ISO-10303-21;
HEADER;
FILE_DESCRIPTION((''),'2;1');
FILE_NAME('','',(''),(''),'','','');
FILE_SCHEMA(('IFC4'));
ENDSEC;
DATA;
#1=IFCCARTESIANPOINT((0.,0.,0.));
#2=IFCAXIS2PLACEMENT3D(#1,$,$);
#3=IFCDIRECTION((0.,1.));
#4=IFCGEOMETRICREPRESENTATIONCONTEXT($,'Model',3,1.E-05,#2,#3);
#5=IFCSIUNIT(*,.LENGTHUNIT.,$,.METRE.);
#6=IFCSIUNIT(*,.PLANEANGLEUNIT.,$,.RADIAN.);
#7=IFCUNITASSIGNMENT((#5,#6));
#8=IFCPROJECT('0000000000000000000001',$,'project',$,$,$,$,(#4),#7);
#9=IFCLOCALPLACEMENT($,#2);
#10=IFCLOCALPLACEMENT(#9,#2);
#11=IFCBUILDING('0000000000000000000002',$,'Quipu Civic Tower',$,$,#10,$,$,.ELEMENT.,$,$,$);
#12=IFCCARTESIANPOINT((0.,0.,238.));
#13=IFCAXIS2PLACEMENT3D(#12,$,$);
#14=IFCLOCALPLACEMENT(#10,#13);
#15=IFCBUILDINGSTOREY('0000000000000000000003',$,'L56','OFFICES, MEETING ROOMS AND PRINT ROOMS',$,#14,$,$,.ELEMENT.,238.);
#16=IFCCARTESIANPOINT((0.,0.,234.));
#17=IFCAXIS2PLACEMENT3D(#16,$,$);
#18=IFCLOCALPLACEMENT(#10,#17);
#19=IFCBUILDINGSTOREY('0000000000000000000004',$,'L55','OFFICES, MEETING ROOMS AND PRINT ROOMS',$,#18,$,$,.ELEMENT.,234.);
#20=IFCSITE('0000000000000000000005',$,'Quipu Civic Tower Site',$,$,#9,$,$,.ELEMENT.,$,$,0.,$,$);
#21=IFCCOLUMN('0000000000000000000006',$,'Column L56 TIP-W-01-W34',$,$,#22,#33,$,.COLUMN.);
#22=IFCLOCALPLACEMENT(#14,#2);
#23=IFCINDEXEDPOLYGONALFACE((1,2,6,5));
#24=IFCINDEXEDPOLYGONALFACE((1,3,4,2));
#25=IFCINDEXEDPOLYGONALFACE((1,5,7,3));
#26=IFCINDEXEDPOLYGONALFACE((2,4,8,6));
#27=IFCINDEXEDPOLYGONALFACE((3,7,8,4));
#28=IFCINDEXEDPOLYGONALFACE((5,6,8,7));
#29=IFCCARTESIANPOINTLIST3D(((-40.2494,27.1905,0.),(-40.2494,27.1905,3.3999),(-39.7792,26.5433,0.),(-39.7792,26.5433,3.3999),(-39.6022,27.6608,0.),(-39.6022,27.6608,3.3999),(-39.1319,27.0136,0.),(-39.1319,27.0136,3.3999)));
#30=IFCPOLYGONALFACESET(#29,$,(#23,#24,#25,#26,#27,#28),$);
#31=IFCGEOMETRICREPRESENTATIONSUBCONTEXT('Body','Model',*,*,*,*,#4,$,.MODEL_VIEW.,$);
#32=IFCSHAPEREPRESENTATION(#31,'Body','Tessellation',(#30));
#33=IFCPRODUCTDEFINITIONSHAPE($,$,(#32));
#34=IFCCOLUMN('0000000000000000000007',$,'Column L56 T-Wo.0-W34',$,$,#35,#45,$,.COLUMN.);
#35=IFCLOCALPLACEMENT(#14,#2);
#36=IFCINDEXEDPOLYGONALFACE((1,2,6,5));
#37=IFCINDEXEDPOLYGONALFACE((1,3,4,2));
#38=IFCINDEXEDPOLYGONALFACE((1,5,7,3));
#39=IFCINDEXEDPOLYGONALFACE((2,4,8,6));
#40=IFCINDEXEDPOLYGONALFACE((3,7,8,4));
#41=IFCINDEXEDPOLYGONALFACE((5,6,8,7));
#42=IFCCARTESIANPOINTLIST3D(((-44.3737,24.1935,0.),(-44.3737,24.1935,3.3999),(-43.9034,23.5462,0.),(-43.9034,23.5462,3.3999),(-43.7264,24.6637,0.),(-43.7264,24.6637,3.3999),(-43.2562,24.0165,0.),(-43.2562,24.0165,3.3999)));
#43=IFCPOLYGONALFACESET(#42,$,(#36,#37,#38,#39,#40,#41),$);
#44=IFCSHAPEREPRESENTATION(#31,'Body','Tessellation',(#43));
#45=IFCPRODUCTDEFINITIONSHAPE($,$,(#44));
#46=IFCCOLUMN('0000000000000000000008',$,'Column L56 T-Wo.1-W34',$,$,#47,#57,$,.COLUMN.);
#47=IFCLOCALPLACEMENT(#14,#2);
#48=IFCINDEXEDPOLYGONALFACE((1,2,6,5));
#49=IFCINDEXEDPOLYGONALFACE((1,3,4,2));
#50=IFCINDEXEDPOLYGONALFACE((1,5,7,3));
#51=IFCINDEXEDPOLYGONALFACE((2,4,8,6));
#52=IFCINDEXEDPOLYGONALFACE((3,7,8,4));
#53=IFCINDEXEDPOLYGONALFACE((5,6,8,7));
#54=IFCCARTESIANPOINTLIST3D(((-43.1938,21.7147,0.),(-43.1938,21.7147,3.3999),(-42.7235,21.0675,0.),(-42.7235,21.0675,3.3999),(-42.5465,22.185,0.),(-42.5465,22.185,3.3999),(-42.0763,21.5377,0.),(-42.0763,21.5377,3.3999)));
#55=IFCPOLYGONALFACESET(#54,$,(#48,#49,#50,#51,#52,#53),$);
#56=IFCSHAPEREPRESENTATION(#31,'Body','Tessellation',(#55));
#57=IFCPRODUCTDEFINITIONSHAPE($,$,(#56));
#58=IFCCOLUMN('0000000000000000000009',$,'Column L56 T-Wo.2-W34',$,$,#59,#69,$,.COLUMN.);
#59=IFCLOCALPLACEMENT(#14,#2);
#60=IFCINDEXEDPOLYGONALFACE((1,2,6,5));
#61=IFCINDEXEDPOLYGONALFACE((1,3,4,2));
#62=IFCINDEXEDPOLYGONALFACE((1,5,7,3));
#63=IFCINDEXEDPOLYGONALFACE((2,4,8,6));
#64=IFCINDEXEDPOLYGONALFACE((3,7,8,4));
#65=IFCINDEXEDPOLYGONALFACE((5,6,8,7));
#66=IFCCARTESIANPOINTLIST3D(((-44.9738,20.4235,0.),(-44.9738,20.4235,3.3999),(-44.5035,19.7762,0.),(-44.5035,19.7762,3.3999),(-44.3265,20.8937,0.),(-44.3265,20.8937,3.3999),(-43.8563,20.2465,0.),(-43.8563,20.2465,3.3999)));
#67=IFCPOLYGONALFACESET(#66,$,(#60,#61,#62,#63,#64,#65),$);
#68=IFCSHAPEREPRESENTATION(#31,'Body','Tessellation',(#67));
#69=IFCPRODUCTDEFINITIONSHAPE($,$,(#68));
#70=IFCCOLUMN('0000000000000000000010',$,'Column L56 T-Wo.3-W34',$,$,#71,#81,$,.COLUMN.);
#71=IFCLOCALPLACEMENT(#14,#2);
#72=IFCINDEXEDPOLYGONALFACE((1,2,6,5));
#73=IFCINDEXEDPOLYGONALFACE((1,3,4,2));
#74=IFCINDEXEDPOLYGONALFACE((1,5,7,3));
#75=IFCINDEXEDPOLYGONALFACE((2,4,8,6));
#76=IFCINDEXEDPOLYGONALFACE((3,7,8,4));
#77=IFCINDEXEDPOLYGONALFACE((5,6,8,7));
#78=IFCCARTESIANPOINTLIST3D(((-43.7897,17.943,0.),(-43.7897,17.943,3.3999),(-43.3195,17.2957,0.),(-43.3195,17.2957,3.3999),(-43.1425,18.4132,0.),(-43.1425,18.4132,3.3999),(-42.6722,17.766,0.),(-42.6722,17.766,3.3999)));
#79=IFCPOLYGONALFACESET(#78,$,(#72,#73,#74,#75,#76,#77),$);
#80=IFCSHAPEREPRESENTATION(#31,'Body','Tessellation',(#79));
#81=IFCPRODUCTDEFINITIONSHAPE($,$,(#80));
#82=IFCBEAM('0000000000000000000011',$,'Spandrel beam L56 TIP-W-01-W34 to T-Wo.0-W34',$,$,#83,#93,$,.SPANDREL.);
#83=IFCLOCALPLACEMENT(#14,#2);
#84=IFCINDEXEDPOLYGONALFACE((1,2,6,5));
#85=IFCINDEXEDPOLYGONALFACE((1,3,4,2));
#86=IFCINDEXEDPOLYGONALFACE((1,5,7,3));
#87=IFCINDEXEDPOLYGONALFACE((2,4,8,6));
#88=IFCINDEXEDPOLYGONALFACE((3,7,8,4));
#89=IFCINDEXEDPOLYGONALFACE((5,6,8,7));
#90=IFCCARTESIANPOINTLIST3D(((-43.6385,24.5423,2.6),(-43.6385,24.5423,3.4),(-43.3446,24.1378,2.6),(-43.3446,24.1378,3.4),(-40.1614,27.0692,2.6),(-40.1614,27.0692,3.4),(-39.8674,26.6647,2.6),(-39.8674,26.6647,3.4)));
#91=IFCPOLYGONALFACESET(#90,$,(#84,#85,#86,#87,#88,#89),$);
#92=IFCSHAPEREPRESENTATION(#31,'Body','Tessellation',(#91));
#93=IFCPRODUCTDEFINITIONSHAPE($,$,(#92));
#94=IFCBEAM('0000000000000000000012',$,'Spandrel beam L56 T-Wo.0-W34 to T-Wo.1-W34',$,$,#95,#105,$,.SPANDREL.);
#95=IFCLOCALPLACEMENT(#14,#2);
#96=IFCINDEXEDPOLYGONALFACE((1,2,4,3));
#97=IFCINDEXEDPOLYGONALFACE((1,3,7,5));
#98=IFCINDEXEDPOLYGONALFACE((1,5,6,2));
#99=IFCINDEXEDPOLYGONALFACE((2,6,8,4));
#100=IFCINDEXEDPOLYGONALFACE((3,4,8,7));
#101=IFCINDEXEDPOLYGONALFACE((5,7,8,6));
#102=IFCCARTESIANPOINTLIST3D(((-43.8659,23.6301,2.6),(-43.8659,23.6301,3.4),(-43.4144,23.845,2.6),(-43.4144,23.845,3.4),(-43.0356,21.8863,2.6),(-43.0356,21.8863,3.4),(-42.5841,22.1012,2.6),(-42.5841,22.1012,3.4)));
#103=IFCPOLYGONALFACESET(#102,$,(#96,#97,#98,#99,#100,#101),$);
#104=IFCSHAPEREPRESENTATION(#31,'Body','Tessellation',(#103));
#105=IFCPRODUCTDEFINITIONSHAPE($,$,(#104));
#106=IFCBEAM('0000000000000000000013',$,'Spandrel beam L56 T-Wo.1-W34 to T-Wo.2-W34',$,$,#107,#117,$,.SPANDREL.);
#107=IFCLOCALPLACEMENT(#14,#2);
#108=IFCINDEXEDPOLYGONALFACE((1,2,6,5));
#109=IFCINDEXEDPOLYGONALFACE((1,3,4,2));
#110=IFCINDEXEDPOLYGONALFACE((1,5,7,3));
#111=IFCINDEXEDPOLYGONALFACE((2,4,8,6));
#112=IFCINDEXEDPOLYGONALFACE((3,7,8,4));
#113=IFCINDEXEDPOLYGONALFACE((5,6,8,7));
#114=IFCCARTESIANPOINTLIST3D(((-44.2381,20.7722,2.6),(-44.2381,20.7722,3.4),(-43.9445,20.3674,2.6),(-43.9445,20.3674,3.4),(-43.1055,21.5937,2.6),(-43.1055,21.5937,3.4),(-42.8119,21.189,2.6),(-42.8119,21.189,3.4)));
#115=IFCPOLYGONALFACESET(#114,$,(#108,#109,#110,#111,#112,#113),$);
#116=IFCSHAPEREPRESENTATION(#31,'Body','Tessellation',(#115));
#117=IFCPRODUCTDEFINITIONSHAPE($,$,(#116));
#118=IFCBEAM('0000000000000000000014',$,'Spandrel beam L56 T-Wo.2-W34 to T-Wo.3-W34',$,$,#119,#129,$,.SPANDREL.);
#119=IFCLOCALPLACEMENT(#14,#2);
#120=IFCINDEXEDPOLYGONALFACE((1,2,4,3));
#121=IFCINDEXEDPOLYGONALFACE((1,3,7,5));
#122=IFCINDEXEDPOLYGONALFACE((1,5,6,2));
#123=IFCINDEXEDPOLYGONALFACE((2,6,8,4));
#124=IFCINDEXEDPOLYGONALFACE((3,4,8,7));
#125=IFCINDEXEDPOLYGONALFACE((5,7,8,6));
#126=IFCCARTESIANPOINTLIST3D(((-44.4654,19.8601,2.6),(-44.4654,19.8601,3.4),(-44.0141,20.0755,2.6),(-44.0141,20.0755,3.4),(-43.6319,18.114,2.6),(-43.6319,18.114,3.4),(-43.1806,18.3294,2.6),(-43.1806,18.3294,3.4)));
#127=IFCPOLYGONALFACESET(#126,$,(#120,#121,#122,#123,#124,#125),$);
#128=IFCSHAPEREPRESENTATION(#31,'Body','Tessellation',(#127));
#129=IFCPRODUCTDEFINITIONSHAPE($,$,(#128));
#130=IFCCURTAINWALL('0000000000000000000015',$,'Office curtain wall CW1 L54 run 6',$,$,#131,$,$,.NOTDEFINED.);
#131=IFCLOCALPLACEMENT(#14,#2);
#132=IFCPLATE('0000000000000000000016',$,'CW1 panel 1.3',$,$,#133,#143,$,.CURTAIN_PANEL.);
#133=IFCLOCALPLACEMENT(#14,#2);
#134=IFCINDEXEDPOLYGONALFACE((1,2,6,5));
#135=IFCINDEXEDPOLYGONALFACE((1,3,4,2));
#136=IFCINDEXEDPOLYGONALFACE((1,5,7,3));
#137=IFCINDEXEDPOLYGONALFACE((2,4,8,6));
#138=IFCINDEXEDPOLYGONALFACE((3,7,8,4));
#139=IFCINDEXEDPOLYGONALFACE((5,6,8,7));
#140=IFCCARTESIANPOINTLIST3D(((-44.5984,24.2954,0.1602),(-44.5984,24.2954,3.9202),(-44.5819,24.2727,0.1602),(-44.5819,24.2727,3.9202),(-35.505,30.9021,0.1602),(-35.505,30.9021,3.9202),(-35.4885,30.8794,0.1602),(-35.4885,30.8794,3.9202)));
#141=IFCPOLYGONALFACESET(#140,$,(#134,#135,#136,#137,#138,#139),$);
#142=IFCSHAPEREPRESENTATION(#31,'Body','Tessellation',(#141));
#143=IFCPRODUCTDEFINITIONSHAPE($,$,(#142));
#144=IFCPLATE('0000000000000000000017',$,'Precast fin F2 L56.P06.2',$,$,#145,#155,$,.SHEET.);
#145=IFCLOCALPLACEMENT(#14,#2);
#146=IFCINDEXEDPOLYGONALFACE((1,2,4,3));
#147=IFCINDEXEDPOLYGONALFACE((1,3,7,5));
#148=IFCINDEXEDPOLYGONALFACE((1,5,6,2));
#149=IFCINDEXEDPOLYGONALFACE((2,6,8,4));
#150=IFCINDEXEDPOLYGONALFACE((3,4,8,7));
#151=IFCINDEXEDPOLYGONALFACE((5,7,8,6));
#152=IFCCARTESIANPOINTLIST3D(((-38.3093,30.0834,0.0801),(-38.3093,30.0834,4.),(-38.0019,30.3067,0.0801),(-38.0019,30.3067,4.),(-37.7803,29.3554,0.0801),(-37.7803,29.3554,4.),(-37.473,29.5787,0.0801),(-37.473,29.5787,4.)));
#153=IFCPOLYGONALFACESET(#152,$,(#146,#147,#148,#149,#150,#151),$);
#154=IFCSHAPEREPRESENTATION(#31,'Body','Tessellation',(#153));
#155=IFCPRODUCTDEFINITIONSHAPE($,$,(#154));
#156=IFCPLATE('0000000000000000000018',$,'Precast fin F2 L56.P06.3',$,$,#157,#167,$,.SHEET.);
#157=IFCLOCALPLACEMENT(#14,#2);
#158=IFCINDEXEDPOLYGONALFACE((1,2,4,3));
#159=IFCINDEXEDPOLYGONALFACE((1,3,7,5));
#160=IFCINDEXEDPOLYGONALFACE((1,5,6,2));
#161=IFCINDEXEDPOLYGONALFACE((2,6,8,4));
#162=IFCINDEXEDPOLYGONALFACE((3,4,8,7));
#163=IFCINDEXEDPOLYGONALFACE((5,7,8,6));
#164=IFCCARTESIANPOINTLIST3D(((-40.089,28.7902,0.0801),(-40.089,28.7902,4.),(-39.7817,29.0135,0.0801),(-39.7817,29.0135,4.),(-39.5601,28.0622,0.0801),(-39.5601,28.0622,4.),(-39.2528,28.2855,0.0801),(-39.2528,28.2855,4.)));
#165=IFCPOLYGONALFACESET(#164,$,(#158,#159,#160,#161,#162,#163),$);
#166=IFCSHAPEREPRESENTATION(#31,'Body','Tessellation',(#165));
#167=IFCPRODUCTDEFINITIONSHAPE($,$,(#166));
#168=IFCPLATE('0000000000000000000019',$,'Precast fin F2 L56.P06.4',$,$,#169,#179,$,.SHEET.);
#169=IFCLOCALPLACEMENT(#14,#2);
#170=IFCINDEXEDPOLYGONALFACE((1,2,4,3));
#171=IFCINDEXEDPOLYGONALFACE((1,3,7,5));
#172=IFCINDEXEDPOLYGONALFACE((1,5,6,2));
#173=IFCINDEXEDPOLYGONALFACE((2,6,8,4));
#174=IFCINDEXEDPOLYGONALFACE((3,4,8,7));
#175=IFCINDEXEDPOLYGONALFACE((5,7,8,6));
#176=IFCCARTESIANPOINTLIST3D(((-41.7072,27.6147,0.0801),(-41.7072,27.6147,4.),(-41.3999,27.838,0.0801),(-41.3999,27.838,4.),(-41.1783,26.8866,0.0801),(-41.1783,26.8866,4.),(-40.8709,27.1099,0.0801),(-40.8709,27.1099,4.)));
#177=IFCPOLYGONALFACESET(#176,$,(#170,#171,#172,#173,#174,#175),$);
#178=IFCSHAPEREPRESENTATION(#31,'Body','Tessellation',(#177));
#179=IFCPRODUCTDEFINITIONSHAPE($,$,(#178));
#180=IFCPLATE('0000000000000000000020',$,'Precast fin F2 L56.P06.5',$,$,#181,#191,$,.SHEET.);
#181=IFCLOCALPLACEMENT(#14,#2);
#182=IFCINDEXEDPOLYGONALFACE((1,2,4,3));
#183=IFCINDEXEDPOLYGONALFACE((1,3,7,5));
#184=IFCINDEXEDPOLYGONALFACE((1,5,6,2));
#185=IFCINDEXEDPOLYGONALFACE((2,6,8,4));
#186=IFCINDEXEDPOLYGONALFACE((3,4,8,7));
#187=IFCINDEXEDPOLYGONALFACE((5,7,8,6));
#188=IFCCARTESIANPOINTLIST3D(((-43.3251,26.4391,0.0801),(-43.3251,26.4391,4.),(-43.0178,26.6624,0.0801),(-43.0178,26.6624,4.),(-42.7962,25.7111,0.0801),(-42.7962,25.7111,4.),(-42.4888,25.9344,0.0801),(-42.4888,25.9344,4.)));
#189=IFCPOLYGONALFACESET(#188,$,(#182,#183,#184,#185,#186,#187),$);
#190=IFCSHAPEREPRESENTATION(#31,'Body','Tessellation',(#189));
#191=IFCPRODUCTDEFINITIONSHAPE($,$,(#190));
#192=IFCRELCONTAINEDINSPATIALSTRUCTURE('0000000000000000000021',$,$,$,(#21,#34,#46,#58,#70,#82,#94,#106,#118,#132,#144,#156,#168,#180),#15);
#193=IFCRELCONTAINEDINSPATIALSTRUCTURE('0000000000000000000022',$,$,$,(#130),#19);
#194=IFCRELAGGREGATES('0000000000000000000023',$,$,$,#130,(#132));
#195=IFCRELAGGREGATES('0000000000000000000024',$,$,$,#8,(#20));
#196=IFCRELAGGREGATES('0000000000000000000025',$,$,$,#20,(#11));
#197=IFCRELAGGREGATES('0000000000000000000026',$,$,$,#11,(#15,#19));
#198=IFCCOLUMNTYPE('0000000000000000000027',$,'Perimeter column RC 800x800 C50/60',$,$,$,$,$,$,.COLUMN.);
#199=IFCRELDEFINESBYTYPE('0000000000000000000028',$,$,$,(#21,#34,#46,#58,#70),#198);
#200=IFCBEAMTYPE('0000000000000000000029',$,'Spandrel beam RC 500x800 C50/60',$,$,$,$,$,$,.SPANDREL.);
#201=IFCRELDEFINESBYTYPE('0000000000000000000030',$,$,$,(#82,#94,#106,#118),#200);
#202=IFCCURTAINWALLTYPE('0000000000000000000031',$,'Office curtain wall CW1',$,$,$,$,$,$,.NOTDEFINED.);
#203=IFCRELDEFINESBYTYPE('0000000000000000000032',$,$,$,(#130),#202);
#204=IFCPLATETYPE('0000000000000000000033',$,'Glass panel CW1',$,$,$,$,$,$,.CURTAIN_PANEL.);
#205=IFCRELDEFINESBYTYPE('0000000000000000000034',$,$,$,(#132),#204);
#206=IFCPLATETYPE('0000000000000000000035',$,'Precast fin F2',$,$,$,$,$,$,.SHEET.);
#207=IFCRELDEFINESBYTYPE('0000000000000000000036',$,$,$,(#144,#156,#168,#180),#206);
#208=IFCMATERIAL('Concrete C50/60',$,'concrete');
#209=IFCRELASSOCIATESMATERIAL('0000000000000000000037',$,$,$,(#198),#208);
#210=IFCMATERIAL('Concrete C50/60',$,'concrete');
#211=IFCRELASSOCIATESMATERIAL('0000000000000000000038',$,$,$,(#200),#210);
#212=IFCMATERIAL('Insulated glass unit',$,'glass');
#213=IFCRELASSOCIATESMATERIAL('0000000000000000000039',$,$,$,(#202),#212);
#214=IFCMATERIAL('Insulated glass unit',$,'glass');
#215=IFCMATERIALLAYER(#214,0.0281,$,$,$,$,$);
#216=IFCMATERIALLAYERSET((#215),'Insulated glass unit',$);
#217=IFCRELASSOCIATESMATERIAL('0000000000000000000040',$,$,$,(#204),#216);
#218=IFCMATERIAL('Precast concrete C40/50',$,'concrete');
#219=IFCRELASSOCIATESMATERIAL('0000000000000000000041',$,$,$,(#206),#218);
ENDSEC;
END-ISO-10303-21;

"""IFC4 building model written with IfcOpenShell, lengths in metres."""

from ifc_helpers import new_model, si_unit, direction, frame, origin, origin_2d, place, context, subcontext, project, spatial, rectangle, extrude, material, layer, layer_set, material_profile, profile_set, type_object, element, aggregate, save


model = new_model("IFC4")

# Units and contexts
model_context = context("Model", 3, precision=1e-05, world=origin(), true_north=direction((0.0, 1.0)))
body_context = subcontext(model_context, "Body", "Model", "MODEL_VIEW")
ifc_project = project(units=[si_unit("LENGTHUNIT", "METRE"), si_unit("PLANEANGLEUNIT", "RADIAN")], contexts=[model_context])

# Site, building, storey
site_placement = place(None, origin())
site = spatial("IfcSite", under=ifc_project, at=site_placement, Name="Quipu Civic Tower Site", CompositionType="ELEMENT", RefElevation=0.0)
building_placement = place(site_placement, origin())
building = spatial("IfcBuilding", under=site, at=building_placement, Name="Quipu Civic Tower", CompositionType="ELEMENT")
storey_1_placement = place(building_placement, frame((0.0, 0.0, 238.0)))
storey_1 = spatial("IfcBuildingStorey", under=building, at=storey_1_placement, Name="L56", Description="OFFICES, MEETING ROOMS AND PRINT ROOMS", CompositionType="ELEMENT", Elevation=238.0)

# Columns
ifc_material_1 = material(Name="Concrete C50/60", Category="concrete")
ifc_material_profile_1 = material_profile(ifc_material_1, rectangle(XDim=0.8, YDim=0.8, at=origin_2d()), Name="RC800x800")
ifc_profile_set_1 = profile_set([ifc_material_profile_1], Name="Concrete C50/60")
column_type = type_object("IfcColumnType", Name="Perimeter column RC 800x800 C50/60", PredefinedType="COLUMN", material=ifc_profile_set_1)
for number, where, z_axis, x_axis, name in (
    (1, (-39.6907, 27.1021, 0.0), (0.0, 0.0, 1.0), (-0.809017, -0.587785, 0.0), "Column L56 TIP-W-01-W34"),
    (2, (-43.8149, 24.105, 0.0), (0.0, 0.0, 1.0), (-0.809017, -0.587785, 0.0), "Column L56 T-Wo.0-W34"),
    (3, (-42.635, 21.6262, 0.0), (0.0, 0.0, 1.0), (-0.809017, -0.587785, 0.0), "Column L56 T-Wo.1-W34"),
    (4, (-44.415, 20.335, 0.0), (0.0, 0.0, 1.0), (0.587785, -0.809017, 0.0), "Column L56 T-Wo.2-W34"),
    (5, (-43.231, 17.8545, 0.0), (0.0, 0.0, 1.0), (0.587785, -0.809017, 0.0), "Column L56 T-Wo.3-W34"),
):
    element("IfcColumn", number, at=place(storey_1_placement, frame(where, z_axis=z_axis, x_axis=x_axis)), inside=storey_1, type_object=column_type, Name=name, PredefinedType="COLUMN", context=body_context, shape_type="SweptSolid", body=[
        extrude(rectangle(XDim=0.8, YDim=0.8, at=origin_2d()), origin(), (0.0, 0.0, 1.0), 3.3999),
    ])

# Beams
ifc_material_2 = material(Name="Concrete C50/60", Category="concrete")
ifc_material_profile_2 = material_profile(ifc_material_2, rectangle(XDim=0.5, YDim=0.8, at=origin_2d()), Name="RC500x800")
ifc_profile_set_2 = profile_set([ifc_material_profile_2], Name="Concrete C50/60")
beam_type = type_object("IfcBeamType", Name="Spandrel beam RC 500x800 C50/60", PredefinedType="SPANDREL", material=ifc_profile_set_2)
beam_1_placement = place(storey_1_placement, frame((-40.0144, 26.8669, 3.0), z_axis=(-0.808947, -0.587881, 0.0), x_axis=(0.587881, -0.808947, 0.0)))
element("IfcBeam", 6, at=beam_1_placement, inside=storey_1, type_object=beam_type, Name="Spandrel beam L56 TIP-W-01-W34 to T-Wo.0-W34", PredefinedType="SPANDREL", context=body_context, shape_type="SweptSolid", body=[
    extrude(rectangle(XDim=0.5, YDim=0.8, at=origin_2d()), origin(), (0.0, 0.0, 1.0), 4.2983),
])
beam_2_placement = place(storey_1_placement, frame((-43.6401, 23.7375, 3.0), z_axis=(0.429889, -0.902882, 0.0), x_axis=(0.902882, 0.429889, 0.0)))
element("IfcBeam", 7, at=beam_2_placement, inside=storey_1, type_object=beam_type, Name="Spandrel beam L56 T-Wo.0-W34 to T-Wo.1-W34", PredefinedType="SPANDREL", context=body_context, shape_type="SweptSolid", body=[
    extrude(rectangle(XDim=0.5, YDim=0.8, at=origin_2d()), origin(), (0.0, 0.0, 1.0), 1.9314),
])
beam_3_placement = place(storey_1_placement, frame((-42.9587, 21.3914, 3.0), z_axis=(-0.809467, -0.587165, 0.0), x_axis=(0.587165, -0.809467, 0.0)))
element("IfcBeam", 8, at=beam_3_placement, inside=storey_1, type_object=beam_type, Name="Spandrel beam L56 T-Wo.1-W34 to T-Wo.2-W34", PredefinedType="SPANDREL", context=body_context, shape_type="SweptSolid", body=[
    extrude(rectangle(XDim=0.5, YDim=0.8, at=origin_2d()), origin(), (0.0, 0.0, 1.0), 1.3992),
])
beam_4_placement = place(storey_1_placement, frame((-44.2397, 19.9678, 3.0), z_axis=(0.430786, -0.902454, 0.0), x_axis=(0.902454, 0.430786, 0.0)))
element("IfcBeam", 9, at=beam_4_placement, inside=storey_1, type_object=beam_type, Name="Spandrel beam L56 T-Wo.2-W34 to T-Wo.3-W34", PredefinedType="SPANDREL", context=body_context, shape_type="SweptSolid", body=[
    extrude(rectangle(XDim=0.5, YDim=0.8, at=origin_2d()), origin(), (0.0, 0.0, 1.0), 1.9348),
])

# Shared definitions
storey_2_placement = place(building_placement, frame((0.0, 0.0, 234.0)))
storey_2 = spatial("IfcBuildingStorey", under=building, at=storey_2_placement, Name="L55", Description="OFFICES, MEETING ROOMS AND PRINT ROOMS", CompositionType="ELEMENT", Elevation=234.0)

# Curtain wall, plate
ifc_material_3 = material(Name="Insulated glass unit", Category="glass")
curtain_wall_type = type_object("IfcCurtainWallType", Name="Office curtain wall CW1", PredefinedType="NOTDEFINED", material=ifc_material_3)
curtain_wall_placement = place(storey_2_placement, origin())
curtain_wall = element("IfcCurtainWall", 10, at=curtain_wall_placement, inside=storey_2, type_object=curtain_wall_type, Name="Office curtain wall CW1 L54 run 6", PredefinedType="NOTDEFINED")
ifc_material_4 = material(Name="Insulated glass unit", Category="glass")
ifc_layer_1 = layer(ifc_material_4, 0.0281)
ifc_layer_set_1 = layer_set([ifc_layer_1], Name="Insulated glass unit")
plate_type_1 = type_object("IfcPlateType", Name="Glass panel CW1", PredefinedType="CURTAIN_PANEL", material=ifc_layer_set_1)
plate_placement = place(storey_1_placement, frame((-40.0435, 27.5874, 0.1602), z_axis=(0.0, 0.0, 1.0), x_axis=(-0.809015, -0.587788, 0.0)))
plate = element("IfcPlate", 11, at=plate_placement, inside=storey_1, type_object=plate_type_1, Name="CW1 panel 1.3", PredefinedType="CURTAIN_PANEL", context=body_context, shape_type="SweptSolid", body=[
    extrude(rectangle(XDim=11.24, YDim=0.0281, at=origin_2d()), origin(), (0.0, 0.0, 1.0), 3.76),
])
aggregate(curtain_wall, [plate])

# Plates
ifc_material_5 = material(Name="Precast concrete C40/50", Category="concrete")
plate_type_2 = type_object("IfcPlateType", Name="Precast fin F2", PredefinedType="SHEET", material=ifc_material_5)
for number, where, z_axis, x_axis, name in (
    (12, (-37.8911, 29.8311, 0.0801), (0.0, 0.0, 1.0), (-0.809017, -0.587785, 0.0), "Precast fin F2 L56.P06.2"),
    (13, (-39.6709, 28.5378, 0.0801), (0.0, 0.0, 1.0), (-0.809017, -0.587785, 0.0), "Precast fin F2 L56.P06.3"),
    (14, (-41.2891, 27.3623, 0.0801), (0.0, 0.0, 1.0), (-0.809017, -0.587785, 0.0), "Precast fin F2 L56.P06.4"),
    (15, (-42.907, 26.1868, 0.0801), (0.0, 0.0, 1.0), (-0.809017, -0.587785, 0.0), "Precast fin F2 L56.P06.5"),
):
    element("IfcPlate", number, at=place(storey_1_placement, frame(where, z_axis=z_axis, x_axis=x_axis)), inside=storey_1, type_object=plate_type_2, Name=name, PredefinedType="SHEET", context=body_context, shape_type="SweptSolid", body=[
        extrude(rectangle(XDim=0.3799, YDim=0.8999, at=origin_2d()), origin(), (0.0, 0.0, 1.0), 3.9199),
    ])

save(model, "model.ifc")
